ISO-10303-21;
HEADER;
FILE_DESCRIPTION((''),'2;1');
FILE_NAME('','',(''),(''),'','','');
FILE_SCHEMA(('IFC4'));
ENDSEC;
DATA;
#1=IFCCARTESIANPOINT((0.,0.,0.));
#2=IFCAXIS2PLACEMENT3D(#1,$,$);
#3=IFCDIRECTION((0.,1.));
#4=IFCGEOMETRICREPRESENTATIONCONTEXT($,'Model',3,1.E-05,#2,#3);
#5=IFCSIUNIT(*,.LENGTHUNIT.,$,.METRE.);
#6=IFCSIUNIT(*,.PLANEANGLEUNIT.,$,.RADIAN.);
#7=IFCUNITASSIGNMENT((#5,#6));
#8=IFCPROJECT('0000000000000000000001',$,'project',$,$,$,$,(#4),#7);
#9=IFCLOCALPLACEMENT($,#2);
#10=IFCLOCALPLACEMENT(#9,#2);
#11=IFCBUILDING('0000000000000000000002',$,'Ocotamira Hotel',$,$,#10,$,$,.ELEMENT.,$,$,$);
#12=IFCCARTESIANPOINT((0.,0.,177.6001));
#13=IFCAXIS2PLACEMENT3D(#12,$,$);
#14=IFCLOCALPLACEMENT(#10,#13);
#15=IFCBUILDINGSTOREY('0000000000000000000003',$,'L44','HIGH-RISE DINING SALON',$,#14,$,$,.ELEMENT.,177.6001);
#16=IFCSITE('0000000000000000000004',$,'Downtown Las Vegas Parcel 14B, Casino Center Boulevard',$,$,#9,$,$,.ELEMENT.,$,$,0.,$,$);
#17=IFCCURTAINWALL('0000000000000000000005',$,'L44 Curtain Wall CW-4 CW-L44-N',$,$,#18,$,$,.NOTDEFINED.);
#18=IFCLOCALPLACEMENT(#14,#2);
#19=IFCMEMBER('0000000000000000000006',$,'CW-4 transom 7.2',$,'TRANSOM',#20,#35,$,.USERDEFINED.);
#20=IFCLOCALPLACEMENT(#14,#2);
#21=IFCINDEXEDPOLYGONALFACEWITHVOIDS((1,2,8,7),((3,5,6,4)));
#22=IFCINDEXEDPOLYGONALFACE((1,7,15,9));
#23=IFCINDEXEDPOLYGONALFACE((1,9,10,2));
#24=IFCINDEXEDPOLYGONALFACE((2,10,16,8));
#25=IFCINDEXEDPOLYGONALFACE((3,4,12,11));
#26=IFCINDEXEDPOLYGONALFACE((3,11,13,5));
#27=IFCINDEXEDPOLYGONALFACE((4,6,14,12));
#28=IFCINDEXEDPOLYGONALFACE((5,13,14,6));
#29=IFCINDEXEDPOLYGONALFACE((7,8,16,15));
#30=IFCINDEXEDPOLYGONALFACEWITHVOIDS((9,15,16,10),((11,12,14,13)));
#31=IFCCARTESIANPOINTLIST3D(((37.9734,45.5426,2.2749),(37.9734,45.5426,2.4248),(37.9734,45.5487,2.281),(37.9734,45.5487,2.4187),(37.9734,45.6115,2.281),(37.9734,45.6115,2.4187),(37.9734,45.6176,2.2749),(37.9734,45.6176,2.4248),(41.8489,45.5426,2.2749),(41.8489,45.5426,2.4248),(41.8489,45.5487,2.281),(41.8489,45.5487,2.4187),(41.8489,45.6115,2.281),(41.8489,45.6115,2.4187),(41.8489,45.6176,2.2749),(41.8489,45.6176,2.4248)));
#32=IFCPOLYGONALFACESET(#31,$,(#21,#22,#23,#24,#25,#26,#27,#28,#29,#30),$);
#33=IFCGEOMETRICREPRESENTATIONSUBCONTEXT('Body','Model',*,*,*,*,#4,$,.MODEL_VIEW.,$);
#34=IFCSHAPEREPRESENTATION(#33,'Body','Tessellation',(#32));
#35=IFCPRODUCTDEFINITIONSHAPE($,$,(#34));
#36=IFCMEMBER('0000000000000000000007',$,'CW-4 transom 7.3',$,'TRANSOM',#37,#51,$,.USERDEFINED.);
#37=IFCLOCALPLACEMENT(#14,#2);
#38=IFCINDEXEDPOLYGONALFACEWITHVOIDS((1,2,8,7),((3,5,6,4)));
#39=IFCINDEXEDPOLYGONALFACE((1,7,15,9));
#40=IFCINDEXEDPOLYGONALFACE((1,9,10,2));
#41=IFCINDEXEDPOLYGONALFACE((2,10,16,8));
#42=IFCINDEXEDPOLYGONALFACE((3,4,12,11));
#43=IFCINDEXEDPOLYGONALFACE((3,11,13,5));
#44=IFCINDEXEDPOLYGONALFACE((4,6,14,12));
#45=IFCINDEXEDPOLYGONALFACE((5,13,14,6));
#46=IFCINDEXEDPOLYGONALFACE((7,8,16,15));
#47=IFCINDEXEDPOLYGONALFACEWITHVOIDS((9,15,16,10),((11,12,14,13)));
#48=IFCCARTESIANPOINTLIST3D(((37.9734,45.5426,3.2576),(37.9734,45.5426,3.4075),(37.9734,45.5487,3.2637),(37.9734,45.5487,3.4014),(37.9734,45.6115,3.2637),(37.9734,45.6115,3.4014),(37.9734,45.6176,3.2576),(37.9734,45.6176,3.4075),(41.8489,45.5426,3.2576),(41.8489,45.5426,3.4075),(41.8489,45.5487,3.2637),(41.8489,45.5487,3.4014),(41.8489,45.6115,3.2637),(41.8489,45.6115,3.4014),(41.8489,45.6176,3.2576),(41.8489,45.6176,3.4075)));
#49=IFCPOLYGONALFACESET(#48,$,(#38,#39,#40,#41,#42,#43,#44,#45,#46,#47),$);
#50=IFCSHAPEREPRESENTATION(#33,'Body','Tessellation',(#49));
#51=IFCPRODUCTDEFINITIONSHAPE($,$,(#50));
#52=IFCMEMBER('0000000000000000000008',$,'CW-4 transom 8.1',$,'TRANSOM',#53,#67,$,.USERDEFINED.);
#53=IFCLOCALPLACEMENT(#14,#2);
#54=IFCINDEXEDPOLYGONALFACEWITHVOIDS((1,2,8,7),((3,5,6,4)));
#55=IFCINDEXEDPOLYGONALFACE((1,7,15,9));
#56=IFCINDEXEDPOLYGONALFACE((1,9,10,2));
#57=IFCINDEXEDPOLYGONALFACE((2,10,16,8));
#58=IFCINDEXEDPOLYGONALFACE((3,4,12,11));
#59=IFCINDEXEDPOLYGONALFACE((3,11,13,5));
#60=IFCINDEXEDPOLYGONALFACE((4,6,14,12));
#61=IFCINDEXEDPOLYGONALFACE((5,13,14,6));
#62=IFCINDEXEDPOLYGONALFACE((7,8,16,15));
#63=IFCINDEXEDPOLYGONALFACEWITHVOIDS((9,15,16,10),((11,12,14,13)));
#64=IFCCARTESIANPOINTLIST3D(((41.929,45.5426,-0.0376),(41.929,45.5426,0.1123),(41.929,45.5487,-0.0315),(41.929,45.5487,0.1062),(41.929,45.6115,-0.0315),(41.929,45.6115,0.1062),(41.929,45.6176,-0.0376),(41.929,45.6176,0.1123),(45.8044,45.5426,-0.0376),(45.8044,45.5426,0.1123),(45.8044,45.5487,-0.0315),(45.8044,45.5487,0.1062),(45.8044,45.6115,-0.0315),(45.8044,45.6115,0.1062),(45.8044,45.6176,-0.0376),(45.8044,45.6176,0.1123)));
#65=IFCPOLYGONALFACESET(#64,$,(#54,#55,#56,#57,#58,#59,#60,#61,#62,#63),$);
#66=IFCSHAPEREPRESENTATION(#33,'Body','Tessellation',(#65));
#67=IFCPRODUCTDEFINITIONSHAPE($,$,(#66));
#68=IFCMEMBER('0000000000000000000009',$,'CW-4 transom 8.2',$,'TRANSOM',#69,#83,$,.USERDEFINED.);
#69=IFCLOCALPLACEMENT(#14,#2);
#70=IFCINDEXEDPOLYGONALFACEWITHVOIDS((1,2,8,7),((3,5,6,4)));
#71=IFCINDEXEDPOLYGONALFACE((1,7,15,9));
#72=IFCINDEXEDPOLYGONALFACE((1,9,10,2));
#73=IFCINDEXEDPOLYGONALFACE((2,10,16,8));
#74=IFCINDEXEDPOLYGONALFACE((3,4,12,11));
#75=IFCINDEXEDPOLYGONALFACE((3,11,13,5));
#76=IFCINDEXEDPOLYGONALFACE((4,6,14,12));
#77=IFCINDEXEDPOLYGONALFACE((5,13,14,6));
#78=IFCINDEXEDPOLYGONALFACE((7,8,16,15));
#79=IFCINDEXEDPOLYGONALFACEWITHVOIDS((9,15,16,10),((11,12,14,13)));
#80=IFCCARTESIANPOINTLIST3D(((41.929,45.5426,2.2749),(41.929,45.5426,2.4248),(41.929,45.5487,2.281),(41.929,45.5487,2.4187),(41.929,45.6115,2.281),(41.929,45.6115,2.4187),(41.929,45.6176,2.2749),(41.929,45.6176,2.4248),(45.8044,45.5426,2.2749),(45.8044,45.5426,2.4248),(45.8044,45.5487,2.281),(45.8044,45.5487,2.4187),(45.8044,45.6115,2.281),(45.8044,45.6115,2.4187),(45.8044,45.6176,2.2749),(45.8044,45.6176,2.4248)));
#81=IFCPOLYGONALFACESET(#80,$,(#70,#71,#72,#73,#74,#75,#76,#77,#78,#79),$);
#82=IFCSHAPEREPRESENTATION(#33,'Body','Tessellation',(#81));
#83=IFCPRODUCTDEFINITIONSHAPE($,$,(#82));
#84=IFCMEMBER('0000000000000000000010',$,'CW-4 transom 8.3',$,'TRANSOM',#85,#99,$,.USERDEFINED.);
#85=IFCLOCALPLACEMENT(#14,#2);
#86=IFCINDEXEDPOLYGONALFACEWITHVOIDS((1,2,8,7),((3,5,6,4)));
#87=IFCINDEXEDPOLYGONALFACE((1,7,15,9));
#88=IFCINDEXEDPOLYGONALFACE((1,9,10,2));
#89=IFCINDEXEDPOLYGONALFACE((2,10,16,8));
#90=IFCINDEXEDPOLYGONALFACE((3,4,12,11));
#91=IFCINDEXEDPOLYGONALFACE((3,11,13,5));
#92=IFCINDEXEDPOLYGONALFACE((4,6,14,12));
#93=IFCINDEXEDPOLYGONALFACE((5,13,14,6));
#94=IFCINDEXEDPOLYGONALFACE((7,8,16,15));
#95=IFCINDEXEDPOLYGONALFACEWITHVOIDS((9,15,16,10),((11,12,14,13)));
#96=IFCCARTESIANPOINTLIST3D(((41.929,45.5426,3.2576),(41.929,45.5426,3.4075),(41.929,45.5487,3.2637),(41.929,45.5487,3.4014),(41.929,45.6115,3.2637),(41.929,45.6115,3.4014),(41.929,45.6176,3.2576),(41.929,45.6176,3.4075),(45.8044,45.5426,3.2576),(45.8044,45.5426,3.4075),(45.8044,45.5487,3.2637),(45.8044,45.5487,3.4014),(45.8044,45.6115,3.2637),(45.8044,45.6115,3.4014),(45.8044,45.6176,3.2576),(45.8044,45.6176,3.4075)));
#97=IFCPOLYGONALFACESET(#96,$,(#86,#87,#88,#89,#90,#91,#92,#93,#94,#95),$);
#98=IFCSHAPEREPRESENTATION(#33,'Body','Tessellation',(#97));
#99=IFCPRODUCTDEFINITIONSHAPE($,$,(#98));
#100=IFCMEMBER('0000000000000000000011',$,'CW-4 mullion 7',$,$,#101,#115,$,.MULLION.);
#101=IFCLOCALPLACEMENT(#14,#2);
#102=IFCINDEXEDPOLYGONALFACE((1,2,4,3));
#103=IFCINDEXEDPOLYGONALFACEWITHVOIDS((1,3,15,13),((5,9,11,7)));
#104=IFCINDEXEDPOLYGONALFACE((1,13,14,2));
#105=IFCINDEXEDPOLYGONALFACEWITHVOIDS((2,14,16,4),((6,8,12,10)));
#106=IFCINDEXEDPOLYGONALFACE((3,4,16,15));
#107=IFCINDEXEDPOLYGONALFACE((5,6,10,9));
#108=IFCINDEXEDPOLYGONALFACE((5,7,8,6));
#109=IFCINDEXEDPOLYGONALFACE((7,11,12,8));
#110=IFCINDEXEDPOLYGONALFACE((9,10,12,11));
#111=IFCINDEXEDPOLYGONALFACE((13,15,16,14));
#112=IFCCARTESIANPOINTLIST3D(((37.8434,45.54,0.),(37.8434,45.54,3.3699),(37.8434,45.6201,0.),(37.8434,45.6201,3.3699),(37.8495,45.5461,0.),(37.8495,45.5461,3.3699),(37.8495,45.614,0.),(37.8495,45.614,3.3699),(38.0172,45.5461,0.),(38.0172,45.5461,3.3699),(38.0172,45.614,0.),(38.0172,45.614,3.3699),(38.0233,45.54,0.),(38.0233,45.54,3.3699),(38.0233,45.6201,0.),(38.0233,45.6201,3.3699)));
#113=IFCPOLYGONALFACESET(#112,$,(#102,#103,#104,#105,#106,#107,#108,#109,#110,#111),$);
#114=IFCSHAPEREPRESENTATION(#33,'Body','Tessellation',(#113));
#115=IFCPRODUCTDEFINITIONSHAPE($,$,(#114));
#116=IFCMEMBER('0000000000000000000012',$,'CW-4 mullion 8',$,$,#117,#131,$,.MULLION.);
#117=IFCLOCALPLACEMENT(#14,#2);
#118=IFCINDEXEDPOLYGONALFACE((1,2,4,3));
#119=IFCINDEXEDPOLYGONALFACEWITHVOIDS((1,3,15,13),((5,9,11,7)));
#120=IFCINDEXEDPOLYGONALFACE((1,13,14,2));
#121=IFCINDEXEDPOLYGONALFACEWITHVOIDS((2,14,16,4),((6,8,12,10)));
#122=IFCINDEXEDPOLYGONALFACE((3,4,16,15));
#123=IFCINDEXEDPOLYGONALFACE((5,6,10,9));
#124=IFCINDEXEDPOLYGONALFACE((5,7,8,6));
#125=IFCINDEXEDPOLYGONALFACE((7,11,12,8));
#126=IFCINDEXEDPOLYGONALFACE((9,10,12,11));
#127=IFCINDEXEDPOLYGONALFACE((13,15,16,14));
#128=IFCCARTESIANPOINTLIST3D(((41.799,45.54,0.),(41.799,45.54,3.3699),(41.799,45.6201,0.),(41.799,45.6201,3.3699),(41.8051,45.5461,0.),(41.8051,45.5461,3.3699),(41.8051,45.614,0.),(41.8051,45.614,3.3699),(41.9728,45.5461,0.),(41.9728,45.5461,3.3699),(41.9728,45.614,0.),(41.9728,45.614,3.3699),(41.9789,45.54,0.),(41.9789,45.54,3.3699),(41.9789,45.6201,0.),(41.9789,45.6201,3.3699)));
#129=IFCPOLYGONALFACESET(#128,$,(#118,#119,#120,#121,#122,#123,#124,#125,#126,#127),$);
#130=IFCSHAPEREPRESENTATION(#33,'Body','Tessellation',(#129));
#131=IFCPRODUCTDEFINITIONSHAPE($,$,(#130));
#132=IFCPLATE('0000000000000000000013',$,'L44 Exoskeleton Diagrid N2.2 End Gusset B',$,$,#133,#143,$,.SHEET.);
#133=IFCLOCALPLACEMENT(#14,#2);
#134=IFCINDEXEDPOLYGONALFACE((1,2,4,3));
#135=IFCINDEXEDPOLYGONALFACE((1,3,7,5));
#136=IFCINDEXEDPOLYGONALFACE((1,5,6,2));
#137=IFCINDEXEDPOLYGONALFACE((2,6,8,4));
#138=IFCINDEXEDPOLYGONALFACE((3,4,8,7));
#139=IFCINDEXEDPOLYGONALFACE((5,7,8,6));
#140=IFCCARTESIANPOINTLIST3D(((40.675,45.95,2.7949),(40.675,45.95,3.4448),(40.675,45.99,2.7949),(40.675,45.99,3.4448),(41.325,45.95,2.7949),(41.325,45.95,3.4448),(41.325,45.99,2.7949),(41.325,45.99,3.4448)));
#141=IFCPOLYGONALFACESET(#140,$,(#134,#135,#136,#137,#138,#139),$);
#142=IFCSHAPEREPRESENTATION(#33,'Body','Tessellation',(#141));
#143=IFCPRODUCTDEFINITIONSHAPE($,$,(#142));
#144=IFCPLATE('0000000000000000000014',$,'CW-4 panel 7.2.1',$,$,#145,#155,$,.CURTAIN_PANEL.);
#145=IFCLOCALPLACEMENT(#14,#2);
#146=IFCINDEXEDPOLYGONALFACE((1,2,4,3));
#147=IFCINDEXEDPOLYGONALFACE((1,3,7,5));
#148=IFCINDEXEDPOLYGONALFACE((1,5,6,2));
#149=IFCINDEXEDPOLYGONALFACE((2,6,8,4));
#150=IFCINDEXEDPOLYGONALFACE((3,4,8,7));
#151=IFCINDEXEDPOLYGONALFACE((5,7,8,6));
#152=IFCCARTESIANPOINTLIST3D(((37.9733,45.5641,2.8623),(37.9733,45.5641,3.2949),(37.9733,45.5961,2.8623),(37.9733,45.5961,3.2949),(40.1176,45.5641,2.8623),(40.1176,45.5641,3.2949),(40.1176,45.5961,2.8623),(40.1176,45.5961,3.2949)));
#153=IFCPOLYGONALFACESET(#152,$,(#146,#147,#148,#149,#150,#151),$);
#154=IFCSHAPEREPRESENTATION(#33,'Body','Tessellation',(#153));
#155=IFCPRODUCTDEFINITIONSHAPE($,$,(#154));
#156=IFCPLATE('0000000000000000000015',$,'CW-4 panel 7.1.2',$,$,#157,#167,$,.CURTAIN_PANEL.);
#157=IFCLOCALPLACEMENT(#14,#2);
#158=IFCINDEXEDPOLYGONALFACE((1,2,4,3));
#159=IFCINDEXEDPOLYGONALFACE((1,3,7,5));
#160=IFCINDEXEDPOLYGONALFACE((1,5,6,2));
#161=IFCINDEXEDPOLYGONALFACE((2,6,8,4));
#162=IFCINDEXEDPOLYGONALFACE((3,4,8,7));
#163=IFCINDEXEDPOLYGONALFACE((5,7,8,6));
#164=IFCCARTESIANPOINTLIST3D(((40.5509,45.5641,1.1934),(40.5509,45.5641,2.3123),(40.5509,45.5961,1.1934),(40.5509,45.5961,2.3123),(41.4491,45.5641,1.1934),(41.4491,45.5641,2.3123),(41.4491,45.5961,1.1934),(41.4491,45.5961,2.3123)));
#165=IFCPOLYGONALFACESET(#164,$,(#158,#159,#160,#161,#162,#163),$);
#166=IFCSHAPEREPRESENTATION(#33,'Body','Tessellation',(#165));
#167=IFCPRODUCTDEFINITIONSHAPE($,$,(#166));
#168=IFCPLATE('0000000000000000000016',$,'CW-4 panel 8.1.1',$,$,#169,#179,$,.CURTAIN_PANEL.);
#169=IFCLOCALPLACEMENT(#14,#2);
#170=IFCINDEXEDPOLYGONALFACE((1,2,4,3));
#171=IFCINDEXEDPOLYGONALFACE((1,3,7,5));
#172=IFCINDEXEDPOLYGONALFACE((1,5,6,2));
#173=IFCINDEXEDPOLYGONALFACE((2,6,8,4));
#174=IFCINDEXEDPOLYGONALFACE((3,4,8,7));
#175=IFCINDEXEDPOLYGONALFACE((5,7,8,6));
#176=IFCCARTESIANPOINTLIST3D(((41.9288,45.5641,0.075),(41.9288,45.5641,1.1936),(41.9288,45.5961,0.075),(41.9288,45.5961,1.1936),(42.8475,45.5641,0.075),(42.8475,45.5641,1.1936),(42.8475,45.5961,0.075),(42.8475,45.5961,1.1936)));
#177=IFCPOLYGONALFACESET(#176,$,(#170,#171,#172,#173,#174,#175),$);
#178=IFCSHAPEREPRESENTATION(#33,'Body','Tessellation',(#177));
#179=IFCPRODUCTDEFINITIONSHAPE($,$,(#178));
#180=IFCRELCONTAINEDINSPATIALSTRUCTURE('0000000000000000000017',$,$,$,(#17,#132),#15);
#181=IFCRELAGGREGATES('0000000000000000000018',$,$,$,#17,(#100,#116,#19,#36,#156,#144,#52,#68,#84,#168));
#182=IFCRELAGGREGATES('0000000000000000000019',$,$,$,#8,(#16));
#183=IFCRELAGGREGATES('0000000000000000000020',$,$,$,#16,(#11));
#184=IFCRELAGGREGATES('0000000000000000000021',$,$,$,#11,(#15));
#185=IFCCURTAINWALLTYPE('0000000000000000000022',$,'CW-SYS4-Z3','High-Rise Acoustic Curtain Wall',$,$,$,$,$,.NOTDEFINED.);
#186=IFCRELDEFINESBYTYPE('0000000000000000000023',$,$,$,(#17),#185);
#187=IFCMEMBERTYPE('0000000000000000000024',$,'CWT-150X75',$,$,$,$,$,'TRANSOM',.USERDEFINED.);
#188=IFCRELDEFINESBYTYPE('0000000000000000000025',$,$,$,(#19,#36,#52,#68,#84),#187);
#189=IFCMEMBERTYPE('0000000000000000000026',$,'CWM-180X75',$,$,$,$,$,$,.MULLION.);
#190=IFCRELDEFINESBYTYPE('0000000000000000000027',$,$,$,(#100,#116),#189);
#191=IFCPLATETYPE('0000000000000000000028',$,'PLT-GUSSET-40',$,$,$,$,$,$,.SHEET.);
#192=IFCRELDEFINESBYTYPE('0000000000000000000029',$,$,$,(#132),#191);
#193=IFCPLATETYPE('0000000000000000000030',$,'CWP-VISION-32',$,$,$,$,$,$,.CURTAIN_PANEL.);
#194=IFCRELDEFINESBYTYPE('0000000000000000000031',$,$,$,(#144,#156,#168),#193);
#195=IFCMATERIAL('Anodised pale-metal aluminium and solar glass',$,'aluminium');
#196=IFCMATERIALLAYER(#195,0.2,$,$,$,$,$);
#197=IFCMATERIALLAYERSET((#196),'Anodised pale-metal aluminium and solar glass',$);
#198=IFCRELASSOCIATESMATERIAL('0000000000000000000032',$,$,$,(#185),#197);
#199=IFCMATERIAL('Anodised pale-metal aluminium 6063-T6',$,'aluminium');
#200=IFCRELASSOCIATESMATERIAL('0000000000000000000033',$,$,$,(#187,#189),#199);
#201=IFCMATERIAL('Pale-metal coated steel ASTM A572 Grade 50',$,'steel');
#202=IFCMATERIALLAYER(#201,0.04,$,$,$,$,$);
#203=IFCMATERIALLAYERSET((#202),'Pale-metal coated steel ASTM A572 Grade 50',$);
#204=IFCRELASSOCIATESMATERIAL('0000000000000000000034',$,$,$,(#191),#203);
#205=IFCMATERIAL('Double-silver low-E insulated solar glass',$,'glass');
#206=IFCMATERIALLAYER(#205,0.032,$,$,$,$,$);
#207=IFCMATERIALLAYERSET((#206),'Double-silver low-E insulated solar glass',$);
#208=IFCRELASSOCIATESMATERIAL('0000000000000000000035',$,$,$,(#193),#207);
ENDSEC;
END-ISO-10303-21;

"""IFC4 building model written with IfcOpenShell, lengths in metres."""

from ifc_helpers import new_model, si_unit, direction, frame, origin, origin_2d, place, context, subcontext, project, spatial, rectangle, hollow_rectangle, extrude, source, transform, mapped, material, layer, layer_set, material_profile, profile_set, type_object, element, aggregate, save


model = new_model("IFC4")

# Units and contexts
model_context = context("Model", 3, precision=1e-05, world=origin(), true_north=direction((0.0, 1.0)))
body_context = subcontext(model_context, "Body", "Model", "MODEL_VIEW")
ifc_project = project(units=[si_unit("LENGTHUNIT", "METRE"), si_unit("PLANEANGLEUNIT", "RADIAN")], contexts=[model_context])

# Site, building, storey
site_placement = place(None, origin())
site = spatial("IfcSite", under=ifc_project, at=site_placement, Name="Downtown Las Vegas Parcel 14B, Casino Center Boulevard", CompositionType="ELEMENT", RefElevation=0.0)
building_placement = place(site_placement, origin())
building = spatial("IfcBuilding", under=site, at=building_placement, Name="Ocotamira Hotel", CompositionType="ELEMENT")
storey_placement = place(building_placement, frame((0.0, 0.0, 177.6001)))
storey = spatial("IfcBuildingStorey", under=building, at=storey_placement, Name="L44", Description="HIGH-RISE DINING SALON", CompositionType="ELEMENT", Elevation=177.6001)

# Curtain wall, members
ifc_material_1 = material(Name="Anodised pale-metal aluminium and solar glass", Category="aluminium")
ifc_layer_1 = layer(ifc_material_1, 0.2)
ifc_layer_set_1 = layer_set([ifc_layer_1], Name="Anodised pale-metal aluminium and solar glass")
curtain_wall_type = type_object("IfcCurtainWallType", Name="CW-SYS4-Z3", Description="High-Rise Acoustic Curtain Wall", PredefinedType="NOTDEFINED", material=ifc_layer_set_1)
curtain_wall_placement = place(storey_placement, origin())
curtain_wall = element("IfcCurtainWall", 1, at=curtain_wall_placement, inside=storey, type_object=curtain_wall_type, Name="L44 Curtain Wall CW-4 CW-L44-N", PredefinedType="NOTDEFINED")
ifc_material_2 = material(Name="Anodised pale-metal aluminium 6063-T6", Category="aluminium")
ifc_material_profile_1 = material_profile(ifc_material_2, hollow_rectangle(XDim=0.075, YDim=0.1499, WallThickness=0.0061, at=origin_2d()), Name="HSS150X75X6")
ifc_profile_set_1 = profile_set([ifc_material_profile_1], Name="Anodised pale-metal aluminium 6063-T6")
member_type_1 = type_object("IfcMemberType", Name="CWT-150X75", ElementType="TRANSOM", PredefinedType="USERDEFINED", material=ifc_profile_set_1)
shared_shape_1 = source(origin(), body_context, "Body", "SweptSolid", [
    extrude(hollow_rectangle(XDim=0.075, YDim=0.1499, WallThickness=0.0061, at=origin_2d()), origin(), (0.0, 0.0, 1.0), 3.8755),
])
member_1_placement = place(storey_placement, frame((37.9734, 45.5801, 2.3499), z_axis=(1.0, 0.0, 0.0), x_axis=(0.0, 1.0, 0.0)))
member_1 = element("IfcMember", 2, at=member_1_placement, type_object=member_type_1, Name="CW-4 transom 7.2", ObjectType="TRANSOM", PredefinedType="USERDEFINED", context=body_context, shape_type="MappedRepresentation", body=[
    mapped(shared_shape_1, transform((0.0, 0.0, 0.0), scale=1.0)),
])
member_2_placement = place(storey_placement, frame((37.9734, 45.5801, 3.3325), z_axis=(1.0, 0.0, 0.0), x_axis=(0.0, 1.0, 0.0)))
member_2 = element("IfcMember", 3, at=member_2_placement, type_object=member_type_1, Name="CW-4 transom 7.3", ObjectType="TRANSOM", PredefinedType="USERDEFINED", context=body_context, shape_type="MappedRepresentation", body=[
    mapped(shared_shape_1, transform((0.0, 0.0, 0.0), scale=1.0)),
])
member_3_placement = place(storey_placement, frame((41.929, 45.5801, 0.0374), z_axis=(1.0, 0.0, 0.0), x_axis=(0.0, 1.0, 0.0)))
member_3 = element("IfcMember", 4, at=member_3_placement, type_object=member_type_1, Name="CW-4 transom 8.1", ObjectType="TRANSOM", PredefinedType="USERDEFINED", context=body_context, shape_type="MappedRepresentation", body=[
    mapped(shared_shape_1, transform((0.0, 0.0, 0.0), scale=1.0)),
])
member_4_placement = place(storey_placement, frame((41.929, 45.5801, 2.3499), z_axis=(1.0, 0.0, 0.0), x_axis=(0.0, 1.0, 0.0)))
member_4 = element("IfcMember", 5, at=member_4_placement, type_object=member_type_1, Name="CW-4 transom 8.2", ObjectType="TRANSOM", PredefinedType="USERDEFINED", context=body_context, shape_type="MappedRepresentation", body=[
    mapped(shared_shape_1, transform((0.0, 0.0, 0.0), scale=1.0)),
])
member_5_placement = place(storey_placement, frame((41.929, 45.5801, 3.3325), z_axis=(1.0, 0.0, 0.0), x_axis=(0.0, 1.0, 0.0)))
member_5 = element("IfcMember", 6, at=member_5_placement, type_object=member_type_1, Name="CW-4 transom 8.3", ObjectType="TRANSOM", PredefinedType="USERDEFINED", context=body_context, shape_type="MappedRepresentation", body=[
    mapped(shared_shape_1, transform((0.0, 0.0, 0.0), scale=1.0)),
])
ifc_material_profile_2 = material_profile(ifc_material_2, hollow_rectangle(XDim=0.0801, YDim=0.1799, WallThickness=0.0061, at=origin_2d()), Name="HSS180X80X6")
ifc_profile_set_2 = profile_set([ifc_material_profile_2], Name="Anodised pale-metal aluminium 6063-T6")
member_type_2 = type_object("IfcMemberType", Name="CWM-180X75", PredefinedType="MULLION", material=ifc_profile_set_2)
shared_shape_2 = source(origin(), body_context, "Body", "SweptSolid", [
    extrude(hollow_rectangle(XDim=0.0801, YDim=0.1799, WallThickness=0.0061, at=origin_2d()), origin(), (0.0, 0.0, 1.0), 3.3699),
])
member_6_placement = place(storey_placement, frame((37.9333, 45.5801, 0.0), z_axis=(0.0, 0.0, 1.0), x_axis=(0.0, 1.0, 0.0)))
member_6 = element("IfcMember", 7, at=member_6_placement, type_object=member_type_2, Name="CW-4 mullion 7", PredefinedType="MULLION", context=body_context, shape_type="MappedRepresentation", body=[
    mapped(shared_shape_2, transform((0.0, 0.0, 0.0), scale=1.0)),
])
member_7_placement = place(storey_placement, frame((41.8889, 45.5801, 0.0), z_axis=(0.0, 0.0, 1.0), x_axis=(0.0, 1.0, 0.0)))
member_7 = element("IfcMember", 8, at=member_7_placement, type_object=member_type_2, Name="CW-4 mullion 8", PredefinedType="MULLION", context=body_context, shape_type="MappedRepresentation", body=[
    mapped(shared_shape_2, transform((0.0, 0.0, 0.0), scale=1.0)),
])

# Plates
ifc_material_3 = material(Name="Pale-metal coated steel ASTM A572 Grade 50", Category="steel")
ifc_layer_2 = layer(ifc_material_3, 0.04)
ifc_layer_set_2 = layer_set([ifc_layer_2], Name="Pale-metal coated steel ASTM A572 Grade 50")
plate_type_1 = type_object("IfcPlateType", Name="PLT-GUSSET-40", PredefinedType="SHEET", material=ifc_layer_set_2)
shared_shape_3 = source(origin(), body_context, "Body", "SweptSolid", [
    extrude(rectangle(XDim=0.6499, YDim=0.04, at=origin_2d()), origin(), (0.0, 0.0, 1.0), 0.6499),
])
plate_1_placement = place(storey_placement, frame((41.0, 45.97, 2.7949), z_axis=(0.0, 0.0, 1.0), x_axis=(1.0, 0.0, 0.0)))
element("IfcPlate", 9, at=plate_1_placement, inside=storey, type_object=plate_type_1, Name="L44 Exoskeleton Diagrid N2.2 End Gusset B", PredefinedType="SHEET", context=body_context, shape_type="MappedRepresentation", body=[
    mapped(shared_shape_3, transform((0.0, 0.0, 0.0), scale=1.0)),
])
ifc_material_4 = material(Name="Double-silver low-E insulated solar glass", Category="glass")
ifc_layer_3 = layer(ifc_material_4, 0.032)
ifc_layer_set_3 = layer_set([ifc_layer_3], Name="Double-silver low-E insulated solar glass")
plate_type_2 = type_object("IfcPlateType", Name="CWP-VISION-32", PredefinedType="CURTAIN_PANEL", material=ifc_layer_set_3)
shared_shape_4 = source(origin(), body_context, "Body", "SweptSolid", [
    extrude(rectangle(XDim=2.1443, YDim=0.032, at=origin_2d()), origin(), (0.0, 0.0, 1.0), 0.4326),
])
plate_2_placement = place(storey_placement, frame((39.0454, 45.5801, 2.8623), z_axis=(0.0, 0.0, 1.0), x_axis=(1.0, 0.0, 0.0)))
plate_2 = element("IfcPlate", 10, at=plate_2_placement, type_object=plate_type_2, Name="CW-4 panel 7.2.1", PredefinedType="CURTAIN_PANEL", context=body_context, shape_type="MappedRepresentation", body=[
    mapped(shared_shape_4, transform((0.0, 0.0, 0.0), scale=1.0)),
])
shared_shape_5 = source(origin(), body_context, "Body", "SweptSolid", [
    extrude(rectangle(XDim=0.8982, YDim=0.032, at=origin_2d()), origin(), (0.0, 0.0, 1.0), 1.1189),
])
plate_3_placement = place(storey_placement, frame((41.0, 45.5801, 1.1934), z_axis=(0.0, 0.0, 1.0), x_axis=(1.0, 0.0, 0.0)))
plate_3 = element("IfcPlate", 11, at=plate_3_placement, type_object=plate_type_2, Name="CW-4 panel 7.1.2", PredefinedType="CURTAIN_PANEL", context=body_context, shape_type="MappedRepresentation", body=[
    mapped(shared_shape_5, transform((0.0, 0.0, 0.0), scale=1.0)),
])
shared_shape_6 = source(origin(), body_context, "Body", "SweptSolid", [
    extrude(rectangle(XDim=0.9187, YDim=0.032, at=origin_2d()), origin(), (0.0, 0.0, 1.0), 1.1187),
])
plate_4_placement = place(storey_placement, frame((42.3882, 45.5801, 0.075), z_axis=(0.0, 0.0, 1.0), x_axis=(1.0, 0.0, 0.0)))
plate_4 = element("IfcPlate", 12, at=plate_4_placement, type_object=plate_type_2, Name="CW-4 panel 8.1.1", PredefinedType="CURTAIN_PANEL", context=body_context, shape_type="MappedRepresentation", body=[
    mapped(shared_shape_6, transform((0.0, 0.0, 0.0), scale=1.0)),
])
aggregate(curtain_wall, [member_6, member_7, member_1, member_2, plate_3, plate_2, member_3, member_4, member_5, plate_4])

save(model, "model.ifc")
